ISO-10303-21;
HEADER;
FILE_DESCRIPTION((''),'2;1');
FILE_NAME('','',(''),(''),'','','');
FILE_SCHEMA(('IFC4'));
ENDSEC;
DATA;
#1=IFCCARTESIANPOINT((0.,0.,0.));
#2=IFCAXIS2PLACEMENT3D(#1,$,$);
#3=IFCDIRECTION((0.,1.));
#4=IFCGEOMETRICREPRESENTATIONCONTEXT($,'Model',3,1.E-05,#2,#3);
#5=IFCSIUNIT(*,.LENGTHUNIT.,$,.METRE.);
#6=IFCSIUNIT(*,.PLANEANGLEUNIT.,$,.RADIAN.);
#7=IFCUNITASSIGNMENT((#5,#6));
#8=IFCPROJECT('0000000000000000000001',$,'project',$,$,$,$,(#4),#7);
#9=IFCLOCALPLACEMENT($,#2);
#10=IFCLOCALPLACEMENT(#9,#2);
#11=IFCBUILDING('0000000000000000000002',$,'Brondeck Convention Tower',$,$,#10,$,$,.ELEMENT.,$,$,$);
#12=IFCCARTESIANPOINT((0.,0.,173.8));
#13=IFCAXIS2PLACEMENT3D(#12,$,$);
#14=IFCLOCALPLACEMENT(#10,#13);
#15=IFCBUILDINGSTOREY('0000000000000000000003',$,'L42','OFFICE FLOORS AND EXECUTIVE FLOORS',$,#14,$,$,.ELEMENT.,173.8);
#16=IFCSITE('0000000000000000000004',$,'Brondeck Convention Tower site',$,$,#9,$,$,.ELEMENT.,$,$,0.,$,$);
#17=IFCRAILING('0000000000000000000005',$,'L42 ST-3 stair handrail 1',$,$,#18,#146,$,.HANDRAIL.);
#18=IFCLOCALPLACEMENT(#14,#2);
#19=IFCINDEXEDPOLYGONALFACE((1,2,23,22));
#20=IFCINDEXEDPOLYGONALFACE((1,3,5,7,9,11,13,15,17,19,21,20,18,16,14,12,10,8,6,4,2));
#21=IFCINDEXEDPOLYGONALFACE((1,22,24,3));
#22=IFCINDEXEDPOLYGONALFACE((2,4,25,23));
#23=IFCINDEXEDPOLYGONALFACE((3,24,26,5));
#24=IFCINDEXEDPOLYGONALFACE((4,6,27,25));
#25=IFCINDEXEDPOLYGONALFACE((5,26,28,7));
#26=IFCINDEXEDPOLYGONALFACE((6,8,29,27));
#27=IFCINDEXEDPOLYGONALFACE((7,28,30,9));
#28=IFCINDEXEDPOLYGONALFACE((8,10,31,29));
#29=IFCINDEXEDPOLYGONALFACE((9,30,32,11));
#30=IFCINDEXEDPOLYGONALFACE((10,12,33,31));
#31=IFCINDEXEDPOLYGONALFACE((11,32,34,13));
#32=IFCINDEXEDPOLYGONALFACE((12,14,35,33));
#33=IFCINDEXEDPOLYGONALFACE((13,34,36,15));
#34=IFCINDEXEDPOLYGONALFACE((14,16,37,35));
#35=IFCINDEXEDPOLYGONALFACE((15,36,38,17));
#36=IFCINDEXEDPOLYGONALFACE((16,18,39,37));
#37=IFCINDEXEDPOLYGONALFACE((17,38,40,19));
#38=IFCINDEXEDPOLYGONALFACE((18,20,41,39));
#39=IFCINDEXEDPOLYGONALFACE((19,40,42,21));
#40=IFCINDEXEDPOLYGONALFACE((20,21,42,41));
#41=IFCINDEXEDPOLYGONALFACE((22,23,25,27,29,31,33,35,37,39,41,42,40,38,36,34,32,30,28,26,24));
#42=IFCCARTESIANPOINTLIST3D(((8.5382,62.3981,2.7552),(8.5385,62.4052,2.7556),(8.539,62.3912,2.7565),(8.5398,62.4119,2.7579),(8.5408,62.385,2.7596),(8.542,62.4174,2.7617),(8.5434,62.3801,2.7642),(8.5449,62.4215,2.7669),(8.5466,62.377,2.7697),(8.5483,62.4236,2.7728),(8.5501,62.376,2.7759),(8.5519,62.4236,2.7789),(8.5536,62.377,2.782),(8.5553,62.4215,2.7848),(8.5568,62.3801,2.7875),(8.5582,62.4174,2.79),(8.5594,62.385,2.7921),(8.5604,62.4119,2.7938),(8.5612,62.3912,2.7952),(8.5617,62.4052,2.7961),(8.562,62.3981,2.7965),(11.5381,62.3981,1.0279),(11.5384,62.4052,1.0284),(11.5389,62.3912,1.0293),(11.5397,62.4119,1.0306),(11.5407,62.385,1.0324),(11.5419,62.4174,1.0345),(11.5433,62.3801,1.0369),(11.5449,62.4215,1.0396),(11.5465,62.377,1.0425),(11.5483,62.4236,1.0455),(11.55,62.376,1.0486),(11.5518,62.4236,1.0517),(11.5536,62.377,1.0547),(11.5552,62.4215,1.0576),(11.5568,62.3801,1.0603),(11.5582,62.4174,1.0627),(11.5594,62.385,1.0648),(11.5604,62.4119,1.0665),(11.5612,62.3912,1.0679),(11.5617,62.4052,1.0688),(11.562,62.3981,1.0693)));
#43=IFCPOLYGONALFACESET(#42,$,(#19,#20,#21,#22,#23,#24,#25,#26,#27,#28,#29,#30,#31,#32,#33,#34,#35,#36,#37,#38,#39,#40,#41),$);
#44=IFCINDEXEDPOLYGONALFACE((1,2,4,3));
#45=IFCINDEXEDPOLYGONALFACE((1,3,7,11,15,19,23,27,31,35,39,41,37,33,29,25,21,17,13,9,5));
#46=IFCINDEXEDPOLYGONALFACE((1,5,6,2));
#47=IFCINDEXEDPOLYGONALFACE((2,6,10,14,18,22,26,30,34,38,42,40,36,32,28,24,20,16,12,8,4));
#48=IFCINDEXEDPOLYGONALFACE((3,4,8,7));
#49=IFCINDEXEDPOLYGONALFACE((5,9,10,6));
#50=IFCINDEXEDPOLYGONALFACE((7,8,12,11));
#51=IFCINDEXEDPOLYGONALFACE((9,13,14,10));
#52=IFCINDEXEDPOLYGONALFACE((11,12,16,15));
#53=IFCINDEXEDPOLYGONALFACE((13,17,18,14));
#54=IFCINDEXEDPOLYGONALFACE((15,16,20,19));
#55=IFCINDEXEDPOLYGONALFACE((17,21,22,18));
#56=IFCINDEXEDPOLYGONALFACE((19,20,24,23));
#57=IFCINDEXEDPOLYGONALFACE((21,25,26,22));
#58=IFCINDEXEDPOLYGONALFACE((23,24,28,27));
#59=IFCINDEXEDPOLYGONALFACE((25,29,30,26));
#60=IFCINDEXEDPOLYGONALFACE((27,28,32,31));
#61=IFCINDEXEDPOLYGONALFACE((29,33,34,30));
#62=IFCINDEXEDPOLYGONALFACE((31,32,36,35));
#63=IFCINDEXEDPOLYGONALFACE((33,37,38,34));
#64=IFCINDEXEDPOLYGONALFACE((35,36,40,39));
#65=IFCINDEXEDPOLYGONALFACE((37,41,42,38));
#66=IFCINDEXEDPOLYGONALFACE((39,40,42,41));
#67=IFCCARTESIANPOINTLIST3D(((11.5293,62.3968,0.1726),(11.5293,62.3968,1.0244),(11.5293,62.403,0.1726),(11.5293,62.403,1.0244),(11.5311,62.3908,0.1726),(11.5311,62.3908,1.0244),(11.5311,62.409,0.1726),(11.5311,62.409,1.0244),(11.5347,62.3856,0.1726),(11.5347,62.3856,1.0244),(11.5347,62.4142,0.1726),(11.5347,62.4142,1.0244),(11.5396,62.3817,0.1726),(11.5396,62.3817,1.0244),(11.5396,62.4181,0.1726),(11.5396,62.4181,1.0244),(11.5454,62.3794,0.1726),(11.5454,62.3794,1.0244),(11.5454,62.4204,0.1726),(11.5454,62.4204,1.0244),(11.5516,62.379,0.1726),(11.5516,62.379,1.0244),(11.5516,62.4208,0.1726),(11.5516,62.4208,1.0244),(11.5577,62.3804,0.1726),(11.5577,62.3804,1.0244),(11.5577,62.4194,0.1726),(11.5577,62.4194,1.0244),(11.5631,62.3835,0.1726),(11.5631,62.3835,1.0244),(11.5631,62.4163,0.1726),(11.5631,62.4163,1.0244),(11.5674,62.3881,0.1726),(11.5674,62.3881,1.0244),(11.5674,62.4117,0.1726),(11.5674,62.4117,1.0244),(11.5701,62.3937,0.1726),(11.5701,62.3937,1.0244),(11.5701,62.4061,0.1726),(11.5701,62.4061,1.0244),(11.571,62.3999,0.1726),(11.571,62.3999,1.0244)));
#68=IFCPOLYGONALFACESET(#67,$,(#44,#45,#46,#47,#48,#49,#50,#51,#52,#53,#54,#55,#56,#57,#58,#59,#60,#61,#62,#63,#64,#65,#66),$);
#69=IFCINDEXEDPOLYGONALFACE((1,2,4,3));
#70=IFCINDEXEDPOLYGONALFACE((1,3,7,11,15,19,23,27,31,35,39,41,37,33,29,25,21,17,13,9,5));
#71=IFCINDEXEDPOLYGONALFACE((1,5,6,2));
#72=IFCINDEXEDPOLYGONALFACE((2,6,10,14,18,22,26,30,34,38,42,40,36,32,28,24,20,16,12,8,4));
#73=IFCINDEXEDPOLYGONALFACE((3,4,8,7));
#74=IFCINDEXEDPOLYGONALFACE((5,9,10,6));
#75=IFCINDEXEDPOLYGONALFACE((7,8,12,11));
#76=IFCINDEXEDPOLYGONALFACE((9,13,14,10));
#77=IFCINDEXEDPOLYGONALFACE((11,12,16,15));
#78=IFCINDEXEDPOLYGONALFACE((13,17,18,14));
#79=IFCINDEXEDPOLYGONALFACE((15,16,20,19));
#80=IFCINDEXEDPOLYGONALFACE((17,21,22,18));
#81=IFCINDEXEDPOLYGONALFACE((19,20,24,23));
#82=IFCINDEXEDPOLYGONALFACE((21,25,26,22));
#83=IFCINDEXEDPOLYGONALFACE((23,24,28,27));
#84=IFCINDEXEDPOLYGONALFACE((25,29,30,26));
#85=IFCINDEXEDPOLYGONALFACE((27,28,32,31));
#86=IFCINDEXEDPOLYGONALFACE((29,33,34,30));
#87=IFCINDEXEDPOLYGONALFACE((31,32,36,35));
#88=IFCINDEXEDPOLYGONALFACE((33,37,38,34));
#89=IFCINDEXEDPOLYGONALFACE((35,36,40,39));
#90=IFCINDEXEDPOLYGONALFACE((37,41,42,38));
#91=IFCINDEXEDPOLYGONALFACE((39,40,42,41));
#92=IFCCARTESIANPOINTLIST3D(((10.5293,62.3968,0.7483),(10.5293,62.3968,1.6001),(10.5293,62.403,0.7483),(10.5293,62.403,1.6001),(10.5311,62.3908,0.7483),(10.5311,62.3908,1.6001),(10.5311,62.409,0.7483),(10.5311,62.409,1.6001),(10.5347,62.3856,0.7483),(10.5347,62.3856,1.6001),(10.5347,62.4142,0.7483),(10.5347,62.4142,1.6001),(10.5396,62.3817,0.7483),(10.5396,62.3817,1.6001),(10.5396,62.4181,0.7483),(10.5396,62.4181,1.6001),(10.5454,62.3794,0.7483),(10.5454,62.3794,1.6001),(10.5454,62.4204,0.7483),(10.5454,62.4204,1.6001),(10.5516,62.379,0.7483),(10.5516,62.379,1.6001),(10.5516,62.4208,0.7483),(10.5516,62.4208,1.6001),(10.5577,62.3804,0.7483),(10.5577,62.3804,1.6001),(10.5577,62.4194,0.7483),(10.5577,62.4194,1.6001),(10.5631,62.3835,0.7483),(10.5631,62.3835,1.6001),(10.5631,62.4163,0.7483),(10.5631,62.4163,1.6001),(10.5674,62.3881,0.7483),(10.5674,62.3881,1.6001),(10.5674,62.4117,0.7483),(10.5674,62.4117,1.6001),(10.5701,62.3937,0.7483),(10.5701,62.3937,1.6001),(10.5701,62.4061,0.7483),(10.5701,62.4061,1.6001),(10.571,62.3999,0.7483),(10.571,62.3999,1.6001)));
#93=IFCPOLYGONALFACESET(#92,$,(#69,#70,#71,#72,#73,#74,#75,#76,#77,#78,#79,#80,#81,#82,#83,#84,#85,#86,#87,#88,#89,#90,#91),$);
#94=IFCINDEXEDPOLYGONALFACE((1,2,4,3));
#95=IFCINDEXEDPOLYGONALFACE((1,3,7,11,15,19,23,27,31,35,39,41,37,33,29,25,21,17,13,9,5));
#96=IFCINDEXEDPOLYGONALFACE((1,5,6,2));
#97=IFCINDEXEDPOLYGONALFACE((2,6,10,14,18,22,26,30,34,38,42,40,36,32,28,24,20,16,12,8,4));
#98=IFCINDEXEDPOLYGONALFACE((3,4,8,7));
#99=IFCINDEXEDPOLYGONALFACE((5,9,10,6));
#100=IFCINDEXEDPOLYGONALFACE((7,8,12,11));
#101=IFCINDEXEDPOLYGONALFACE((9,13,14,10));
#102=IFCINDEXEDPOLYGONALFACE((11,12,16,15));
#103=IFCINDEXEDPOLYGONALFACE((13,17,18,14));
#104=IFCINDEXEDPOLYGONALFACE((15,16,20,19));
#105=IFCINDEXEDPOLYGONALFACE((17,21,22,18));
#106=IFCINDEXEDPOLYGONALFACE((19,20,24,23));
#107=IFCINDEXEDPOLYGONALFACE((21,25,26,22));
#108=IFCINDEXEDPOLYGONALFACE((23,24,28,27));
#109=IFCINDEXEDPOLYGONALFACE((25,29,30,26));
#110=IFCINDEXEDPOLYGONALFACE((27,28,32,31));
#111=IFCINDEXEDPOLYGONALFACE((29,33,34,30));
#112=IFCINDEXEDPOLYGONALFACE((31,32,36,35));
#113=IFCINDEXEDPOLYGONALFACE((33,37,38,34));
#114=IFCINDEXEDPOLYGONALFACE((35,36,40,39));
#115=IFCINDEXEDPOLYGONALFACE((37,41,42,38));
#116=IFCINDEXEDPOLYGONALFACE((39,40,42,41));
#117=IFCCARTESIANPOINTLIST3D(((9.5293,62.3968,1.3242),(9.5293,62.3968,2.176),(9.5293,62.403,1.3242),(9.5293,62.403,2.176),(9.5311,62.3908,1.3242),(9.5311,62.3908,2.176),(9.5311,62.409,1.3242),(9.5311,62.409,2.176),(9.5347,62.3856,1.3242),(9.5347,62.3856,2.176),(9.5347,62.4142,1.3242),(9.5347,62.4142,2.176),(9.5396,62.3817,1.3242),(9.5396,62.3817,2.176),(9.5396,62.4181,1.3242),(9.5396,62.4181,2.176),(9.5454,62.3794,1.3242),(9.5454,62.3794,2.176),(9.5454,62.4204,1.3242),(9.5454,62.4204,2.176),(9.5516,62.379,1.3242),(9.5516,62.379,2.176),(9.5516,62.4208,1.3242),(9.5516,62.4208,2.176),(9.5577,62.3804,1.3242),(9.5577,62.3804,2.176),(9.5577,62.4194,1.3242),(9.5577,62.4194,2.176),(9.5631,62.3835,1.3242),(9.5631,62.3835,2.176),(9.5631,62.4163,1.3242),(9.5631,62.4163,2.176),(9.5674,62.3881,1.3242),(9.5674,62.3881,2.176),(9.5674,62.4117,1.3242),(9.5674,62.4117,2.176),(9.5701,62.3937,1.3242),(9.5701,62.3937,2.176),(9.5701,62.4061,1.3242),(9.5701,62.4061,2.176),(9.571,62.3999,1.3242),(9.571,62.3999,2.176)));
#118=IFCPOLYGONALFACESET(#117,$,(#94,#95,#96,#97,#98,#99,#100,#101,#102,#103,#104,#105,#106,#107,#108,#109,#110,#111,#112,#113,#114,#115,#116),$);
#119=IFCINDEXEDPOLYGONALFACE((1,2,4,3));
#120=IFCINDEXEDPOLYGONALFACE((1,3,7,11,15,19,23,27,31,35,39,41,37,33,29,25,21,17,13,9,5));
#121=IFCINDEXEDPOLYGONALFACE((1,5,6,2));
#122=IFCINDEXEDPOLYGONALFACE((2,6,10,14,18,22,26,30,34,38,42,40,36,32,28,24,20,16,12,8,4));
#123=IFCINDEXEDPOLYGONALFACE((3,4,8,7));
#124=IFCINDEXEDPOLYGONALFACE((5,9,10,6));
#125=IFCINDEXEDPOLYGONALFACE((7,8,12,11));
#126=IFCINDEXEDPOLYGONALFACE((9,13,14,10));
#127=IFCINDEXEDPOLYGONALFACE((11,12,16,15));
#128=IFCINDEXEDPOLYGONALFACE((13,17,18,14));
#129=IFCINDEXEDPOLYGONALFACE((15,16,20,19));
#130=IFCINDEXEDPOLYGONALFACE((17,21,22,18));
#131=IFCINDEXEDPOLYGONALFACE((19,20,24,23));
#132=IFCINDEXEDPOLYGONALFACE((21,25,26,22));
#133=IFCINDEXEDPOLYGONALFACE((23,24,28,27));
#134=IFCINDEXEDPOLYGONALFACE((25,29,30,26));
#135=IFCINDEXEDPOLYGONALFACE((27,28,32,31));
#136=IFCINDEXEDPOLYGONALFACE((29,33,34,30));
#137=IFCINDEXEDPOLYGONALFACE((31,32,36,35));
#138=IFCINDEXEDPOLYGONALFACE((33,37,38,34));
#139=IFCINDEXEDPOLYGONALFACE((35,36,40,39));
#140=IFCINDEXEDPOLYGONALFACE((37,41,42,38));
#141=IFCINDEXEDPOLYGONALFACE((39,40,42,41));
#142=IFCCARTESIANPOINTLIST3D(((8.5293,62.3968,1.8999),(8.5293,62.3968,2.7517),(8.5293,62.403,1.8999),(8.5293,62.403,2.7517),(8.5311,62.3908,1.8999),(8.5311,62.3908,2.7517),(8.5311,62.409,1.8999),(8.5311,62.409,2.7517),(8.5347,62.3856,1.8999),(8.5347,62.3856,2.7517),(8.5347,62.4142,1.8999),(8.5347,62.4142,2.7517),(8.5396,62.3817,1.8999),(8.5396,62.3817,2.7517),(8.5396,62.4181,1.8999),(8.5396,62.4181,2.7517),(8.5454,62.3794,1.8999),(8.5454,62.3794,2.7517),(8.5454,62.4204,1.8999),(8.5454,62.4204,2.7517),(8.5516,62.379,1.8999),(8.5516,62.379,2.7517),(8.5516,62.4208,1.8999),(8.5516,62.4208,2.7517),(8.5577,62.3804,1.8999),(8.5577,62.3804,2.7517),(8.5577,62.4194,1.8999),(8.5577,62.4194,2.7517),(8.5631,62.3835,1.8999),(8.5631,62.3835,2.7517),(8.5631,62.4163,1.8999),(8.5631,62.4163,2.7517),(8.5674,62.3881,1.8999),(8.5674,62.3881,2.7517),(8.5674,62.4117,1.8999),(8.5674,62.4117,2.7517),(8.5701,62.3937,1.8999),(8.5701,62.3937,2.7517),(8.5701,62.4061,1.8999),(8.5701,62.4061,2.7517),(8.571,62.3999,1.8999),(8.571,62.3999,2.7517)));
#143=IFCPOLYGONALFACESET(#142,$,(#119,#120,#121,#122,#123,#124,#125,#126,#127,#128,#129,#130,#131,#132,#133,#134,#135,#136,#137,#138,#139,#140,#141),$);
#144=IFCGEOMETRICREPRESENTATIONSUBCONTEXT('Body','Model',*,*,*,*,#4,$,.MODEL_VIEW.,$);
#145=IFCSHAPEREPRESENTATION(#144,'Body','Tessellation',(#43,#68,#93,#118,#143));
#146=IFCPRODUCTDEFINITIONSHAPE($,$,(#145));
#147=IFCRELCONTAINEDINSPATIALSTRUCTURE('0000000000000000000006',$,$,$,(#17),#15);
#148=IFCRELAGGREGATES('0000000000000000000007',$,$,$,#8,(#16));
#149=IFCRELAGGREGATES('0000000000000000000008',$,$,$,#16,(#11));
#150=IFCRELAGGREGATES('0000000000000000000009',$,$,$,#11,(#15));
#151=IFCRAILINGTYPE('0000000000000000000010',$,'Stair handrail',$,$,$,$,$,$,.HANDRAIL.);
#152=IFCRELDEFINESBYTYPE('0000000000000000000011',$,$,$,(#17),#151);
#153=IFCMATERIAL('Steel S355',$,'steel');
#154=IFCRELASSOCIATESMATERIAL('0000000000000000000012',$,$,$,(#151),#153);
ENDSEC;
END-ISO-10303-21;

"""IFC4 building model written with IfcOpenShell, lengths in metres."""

from ifc_helpers import new_model, si_unit, direction, frame, origin, origin_2d, place, context, subcontext, project, spatial, circle, extrude, material, type_object, element, save


model = new_model("IFC4")

# Units and contexts
model_context = context("Model", 3, precision=1e-05, world=origin(), true_north=direction((0.0, 1.0)))
body_context = subcontext(model_context, "Body", "Model", "MODEL_VIEW")
ifc_project = project(units=[si_unit("LENGTHUNIT", "METRE"), si_unit("PLANEANGLEUNIT", "RADIAN")], contexts=[model_context])

# Site, building, storey
site_placement = place(None, origin())
site = spatial("IfcSite", under=ifc_project, at=site_placement, Name="Brondeck Convention Tower site", CompositionType="ELEMENT", RefElevation=0.0)
building_placement = place(site_placement, origin())
building = spatial("IfcBuilding", under=site, at=building_placement, Name="Brondeck Convention Tower", CompositionType="ELEMENT")
storey_placement = place(building_placement, frame((0.0, 0.0, 173.8)))
storey = spatial("IfcBuildingStorey", under=building, at=storey_placement, Name="L42", Description="OFFICE FLOORS AND EXECUTIVE FLOORS", CompositionType="ELEMENT", Elevation=173.8)

# Railing
ifc_material_1 = material(Name="Steel S355", Category="steel")
railing_type_1 = type_object("IfcRailingType", Name="Stair handrail", PredefinedType="HANDRAIL", material=ifc_material_1)
railing_1_placement = place(storey_placement, frame((11.55, 62.3999, 0.1726)))
element("IfcRailing", 1, at=railing_1_placement, inside=storey, type_object=railing_type_1, Name="L42 ST-3 stair handrail 1", PredefinedType="HANDRAIL", context=body_context, shape_type="SweptSolid", body=[
    extrude(circle(Radius=0.0239, at=origin_2d()), frame((0.0, 0.0, 0.876), z_axis=(-0.86662, 0.0, 0.498969), x_axis=(0.0, -1.0, 0.0)), (0.0, 0.0, 1.0), 3.4617),
    extrude(circle(Radius=0.021, at=origin_2d()), origin(), (0.0, 0.0, 1.0), 0.8518),
    extrude(circle(Radius=0.021, at=origin_2d()), frame((-1.0, 0.0, 0.5757)), (0.0, 0.0, 1.0), 0.8518),
    extrude(circle(Radius=0.021, at=origin_2d()), frame((-2.0, 0.0, 1.1516)), (0.0, 0.0, 1.0), 0.8518),
    extrude(circle(Radius=0.021, at=origin_2d()), frame((-3.0, 0.0, 1.7273)), (0.0, 0.0, 1.0), 0.8518),
])

save(model, "model.ifc")
